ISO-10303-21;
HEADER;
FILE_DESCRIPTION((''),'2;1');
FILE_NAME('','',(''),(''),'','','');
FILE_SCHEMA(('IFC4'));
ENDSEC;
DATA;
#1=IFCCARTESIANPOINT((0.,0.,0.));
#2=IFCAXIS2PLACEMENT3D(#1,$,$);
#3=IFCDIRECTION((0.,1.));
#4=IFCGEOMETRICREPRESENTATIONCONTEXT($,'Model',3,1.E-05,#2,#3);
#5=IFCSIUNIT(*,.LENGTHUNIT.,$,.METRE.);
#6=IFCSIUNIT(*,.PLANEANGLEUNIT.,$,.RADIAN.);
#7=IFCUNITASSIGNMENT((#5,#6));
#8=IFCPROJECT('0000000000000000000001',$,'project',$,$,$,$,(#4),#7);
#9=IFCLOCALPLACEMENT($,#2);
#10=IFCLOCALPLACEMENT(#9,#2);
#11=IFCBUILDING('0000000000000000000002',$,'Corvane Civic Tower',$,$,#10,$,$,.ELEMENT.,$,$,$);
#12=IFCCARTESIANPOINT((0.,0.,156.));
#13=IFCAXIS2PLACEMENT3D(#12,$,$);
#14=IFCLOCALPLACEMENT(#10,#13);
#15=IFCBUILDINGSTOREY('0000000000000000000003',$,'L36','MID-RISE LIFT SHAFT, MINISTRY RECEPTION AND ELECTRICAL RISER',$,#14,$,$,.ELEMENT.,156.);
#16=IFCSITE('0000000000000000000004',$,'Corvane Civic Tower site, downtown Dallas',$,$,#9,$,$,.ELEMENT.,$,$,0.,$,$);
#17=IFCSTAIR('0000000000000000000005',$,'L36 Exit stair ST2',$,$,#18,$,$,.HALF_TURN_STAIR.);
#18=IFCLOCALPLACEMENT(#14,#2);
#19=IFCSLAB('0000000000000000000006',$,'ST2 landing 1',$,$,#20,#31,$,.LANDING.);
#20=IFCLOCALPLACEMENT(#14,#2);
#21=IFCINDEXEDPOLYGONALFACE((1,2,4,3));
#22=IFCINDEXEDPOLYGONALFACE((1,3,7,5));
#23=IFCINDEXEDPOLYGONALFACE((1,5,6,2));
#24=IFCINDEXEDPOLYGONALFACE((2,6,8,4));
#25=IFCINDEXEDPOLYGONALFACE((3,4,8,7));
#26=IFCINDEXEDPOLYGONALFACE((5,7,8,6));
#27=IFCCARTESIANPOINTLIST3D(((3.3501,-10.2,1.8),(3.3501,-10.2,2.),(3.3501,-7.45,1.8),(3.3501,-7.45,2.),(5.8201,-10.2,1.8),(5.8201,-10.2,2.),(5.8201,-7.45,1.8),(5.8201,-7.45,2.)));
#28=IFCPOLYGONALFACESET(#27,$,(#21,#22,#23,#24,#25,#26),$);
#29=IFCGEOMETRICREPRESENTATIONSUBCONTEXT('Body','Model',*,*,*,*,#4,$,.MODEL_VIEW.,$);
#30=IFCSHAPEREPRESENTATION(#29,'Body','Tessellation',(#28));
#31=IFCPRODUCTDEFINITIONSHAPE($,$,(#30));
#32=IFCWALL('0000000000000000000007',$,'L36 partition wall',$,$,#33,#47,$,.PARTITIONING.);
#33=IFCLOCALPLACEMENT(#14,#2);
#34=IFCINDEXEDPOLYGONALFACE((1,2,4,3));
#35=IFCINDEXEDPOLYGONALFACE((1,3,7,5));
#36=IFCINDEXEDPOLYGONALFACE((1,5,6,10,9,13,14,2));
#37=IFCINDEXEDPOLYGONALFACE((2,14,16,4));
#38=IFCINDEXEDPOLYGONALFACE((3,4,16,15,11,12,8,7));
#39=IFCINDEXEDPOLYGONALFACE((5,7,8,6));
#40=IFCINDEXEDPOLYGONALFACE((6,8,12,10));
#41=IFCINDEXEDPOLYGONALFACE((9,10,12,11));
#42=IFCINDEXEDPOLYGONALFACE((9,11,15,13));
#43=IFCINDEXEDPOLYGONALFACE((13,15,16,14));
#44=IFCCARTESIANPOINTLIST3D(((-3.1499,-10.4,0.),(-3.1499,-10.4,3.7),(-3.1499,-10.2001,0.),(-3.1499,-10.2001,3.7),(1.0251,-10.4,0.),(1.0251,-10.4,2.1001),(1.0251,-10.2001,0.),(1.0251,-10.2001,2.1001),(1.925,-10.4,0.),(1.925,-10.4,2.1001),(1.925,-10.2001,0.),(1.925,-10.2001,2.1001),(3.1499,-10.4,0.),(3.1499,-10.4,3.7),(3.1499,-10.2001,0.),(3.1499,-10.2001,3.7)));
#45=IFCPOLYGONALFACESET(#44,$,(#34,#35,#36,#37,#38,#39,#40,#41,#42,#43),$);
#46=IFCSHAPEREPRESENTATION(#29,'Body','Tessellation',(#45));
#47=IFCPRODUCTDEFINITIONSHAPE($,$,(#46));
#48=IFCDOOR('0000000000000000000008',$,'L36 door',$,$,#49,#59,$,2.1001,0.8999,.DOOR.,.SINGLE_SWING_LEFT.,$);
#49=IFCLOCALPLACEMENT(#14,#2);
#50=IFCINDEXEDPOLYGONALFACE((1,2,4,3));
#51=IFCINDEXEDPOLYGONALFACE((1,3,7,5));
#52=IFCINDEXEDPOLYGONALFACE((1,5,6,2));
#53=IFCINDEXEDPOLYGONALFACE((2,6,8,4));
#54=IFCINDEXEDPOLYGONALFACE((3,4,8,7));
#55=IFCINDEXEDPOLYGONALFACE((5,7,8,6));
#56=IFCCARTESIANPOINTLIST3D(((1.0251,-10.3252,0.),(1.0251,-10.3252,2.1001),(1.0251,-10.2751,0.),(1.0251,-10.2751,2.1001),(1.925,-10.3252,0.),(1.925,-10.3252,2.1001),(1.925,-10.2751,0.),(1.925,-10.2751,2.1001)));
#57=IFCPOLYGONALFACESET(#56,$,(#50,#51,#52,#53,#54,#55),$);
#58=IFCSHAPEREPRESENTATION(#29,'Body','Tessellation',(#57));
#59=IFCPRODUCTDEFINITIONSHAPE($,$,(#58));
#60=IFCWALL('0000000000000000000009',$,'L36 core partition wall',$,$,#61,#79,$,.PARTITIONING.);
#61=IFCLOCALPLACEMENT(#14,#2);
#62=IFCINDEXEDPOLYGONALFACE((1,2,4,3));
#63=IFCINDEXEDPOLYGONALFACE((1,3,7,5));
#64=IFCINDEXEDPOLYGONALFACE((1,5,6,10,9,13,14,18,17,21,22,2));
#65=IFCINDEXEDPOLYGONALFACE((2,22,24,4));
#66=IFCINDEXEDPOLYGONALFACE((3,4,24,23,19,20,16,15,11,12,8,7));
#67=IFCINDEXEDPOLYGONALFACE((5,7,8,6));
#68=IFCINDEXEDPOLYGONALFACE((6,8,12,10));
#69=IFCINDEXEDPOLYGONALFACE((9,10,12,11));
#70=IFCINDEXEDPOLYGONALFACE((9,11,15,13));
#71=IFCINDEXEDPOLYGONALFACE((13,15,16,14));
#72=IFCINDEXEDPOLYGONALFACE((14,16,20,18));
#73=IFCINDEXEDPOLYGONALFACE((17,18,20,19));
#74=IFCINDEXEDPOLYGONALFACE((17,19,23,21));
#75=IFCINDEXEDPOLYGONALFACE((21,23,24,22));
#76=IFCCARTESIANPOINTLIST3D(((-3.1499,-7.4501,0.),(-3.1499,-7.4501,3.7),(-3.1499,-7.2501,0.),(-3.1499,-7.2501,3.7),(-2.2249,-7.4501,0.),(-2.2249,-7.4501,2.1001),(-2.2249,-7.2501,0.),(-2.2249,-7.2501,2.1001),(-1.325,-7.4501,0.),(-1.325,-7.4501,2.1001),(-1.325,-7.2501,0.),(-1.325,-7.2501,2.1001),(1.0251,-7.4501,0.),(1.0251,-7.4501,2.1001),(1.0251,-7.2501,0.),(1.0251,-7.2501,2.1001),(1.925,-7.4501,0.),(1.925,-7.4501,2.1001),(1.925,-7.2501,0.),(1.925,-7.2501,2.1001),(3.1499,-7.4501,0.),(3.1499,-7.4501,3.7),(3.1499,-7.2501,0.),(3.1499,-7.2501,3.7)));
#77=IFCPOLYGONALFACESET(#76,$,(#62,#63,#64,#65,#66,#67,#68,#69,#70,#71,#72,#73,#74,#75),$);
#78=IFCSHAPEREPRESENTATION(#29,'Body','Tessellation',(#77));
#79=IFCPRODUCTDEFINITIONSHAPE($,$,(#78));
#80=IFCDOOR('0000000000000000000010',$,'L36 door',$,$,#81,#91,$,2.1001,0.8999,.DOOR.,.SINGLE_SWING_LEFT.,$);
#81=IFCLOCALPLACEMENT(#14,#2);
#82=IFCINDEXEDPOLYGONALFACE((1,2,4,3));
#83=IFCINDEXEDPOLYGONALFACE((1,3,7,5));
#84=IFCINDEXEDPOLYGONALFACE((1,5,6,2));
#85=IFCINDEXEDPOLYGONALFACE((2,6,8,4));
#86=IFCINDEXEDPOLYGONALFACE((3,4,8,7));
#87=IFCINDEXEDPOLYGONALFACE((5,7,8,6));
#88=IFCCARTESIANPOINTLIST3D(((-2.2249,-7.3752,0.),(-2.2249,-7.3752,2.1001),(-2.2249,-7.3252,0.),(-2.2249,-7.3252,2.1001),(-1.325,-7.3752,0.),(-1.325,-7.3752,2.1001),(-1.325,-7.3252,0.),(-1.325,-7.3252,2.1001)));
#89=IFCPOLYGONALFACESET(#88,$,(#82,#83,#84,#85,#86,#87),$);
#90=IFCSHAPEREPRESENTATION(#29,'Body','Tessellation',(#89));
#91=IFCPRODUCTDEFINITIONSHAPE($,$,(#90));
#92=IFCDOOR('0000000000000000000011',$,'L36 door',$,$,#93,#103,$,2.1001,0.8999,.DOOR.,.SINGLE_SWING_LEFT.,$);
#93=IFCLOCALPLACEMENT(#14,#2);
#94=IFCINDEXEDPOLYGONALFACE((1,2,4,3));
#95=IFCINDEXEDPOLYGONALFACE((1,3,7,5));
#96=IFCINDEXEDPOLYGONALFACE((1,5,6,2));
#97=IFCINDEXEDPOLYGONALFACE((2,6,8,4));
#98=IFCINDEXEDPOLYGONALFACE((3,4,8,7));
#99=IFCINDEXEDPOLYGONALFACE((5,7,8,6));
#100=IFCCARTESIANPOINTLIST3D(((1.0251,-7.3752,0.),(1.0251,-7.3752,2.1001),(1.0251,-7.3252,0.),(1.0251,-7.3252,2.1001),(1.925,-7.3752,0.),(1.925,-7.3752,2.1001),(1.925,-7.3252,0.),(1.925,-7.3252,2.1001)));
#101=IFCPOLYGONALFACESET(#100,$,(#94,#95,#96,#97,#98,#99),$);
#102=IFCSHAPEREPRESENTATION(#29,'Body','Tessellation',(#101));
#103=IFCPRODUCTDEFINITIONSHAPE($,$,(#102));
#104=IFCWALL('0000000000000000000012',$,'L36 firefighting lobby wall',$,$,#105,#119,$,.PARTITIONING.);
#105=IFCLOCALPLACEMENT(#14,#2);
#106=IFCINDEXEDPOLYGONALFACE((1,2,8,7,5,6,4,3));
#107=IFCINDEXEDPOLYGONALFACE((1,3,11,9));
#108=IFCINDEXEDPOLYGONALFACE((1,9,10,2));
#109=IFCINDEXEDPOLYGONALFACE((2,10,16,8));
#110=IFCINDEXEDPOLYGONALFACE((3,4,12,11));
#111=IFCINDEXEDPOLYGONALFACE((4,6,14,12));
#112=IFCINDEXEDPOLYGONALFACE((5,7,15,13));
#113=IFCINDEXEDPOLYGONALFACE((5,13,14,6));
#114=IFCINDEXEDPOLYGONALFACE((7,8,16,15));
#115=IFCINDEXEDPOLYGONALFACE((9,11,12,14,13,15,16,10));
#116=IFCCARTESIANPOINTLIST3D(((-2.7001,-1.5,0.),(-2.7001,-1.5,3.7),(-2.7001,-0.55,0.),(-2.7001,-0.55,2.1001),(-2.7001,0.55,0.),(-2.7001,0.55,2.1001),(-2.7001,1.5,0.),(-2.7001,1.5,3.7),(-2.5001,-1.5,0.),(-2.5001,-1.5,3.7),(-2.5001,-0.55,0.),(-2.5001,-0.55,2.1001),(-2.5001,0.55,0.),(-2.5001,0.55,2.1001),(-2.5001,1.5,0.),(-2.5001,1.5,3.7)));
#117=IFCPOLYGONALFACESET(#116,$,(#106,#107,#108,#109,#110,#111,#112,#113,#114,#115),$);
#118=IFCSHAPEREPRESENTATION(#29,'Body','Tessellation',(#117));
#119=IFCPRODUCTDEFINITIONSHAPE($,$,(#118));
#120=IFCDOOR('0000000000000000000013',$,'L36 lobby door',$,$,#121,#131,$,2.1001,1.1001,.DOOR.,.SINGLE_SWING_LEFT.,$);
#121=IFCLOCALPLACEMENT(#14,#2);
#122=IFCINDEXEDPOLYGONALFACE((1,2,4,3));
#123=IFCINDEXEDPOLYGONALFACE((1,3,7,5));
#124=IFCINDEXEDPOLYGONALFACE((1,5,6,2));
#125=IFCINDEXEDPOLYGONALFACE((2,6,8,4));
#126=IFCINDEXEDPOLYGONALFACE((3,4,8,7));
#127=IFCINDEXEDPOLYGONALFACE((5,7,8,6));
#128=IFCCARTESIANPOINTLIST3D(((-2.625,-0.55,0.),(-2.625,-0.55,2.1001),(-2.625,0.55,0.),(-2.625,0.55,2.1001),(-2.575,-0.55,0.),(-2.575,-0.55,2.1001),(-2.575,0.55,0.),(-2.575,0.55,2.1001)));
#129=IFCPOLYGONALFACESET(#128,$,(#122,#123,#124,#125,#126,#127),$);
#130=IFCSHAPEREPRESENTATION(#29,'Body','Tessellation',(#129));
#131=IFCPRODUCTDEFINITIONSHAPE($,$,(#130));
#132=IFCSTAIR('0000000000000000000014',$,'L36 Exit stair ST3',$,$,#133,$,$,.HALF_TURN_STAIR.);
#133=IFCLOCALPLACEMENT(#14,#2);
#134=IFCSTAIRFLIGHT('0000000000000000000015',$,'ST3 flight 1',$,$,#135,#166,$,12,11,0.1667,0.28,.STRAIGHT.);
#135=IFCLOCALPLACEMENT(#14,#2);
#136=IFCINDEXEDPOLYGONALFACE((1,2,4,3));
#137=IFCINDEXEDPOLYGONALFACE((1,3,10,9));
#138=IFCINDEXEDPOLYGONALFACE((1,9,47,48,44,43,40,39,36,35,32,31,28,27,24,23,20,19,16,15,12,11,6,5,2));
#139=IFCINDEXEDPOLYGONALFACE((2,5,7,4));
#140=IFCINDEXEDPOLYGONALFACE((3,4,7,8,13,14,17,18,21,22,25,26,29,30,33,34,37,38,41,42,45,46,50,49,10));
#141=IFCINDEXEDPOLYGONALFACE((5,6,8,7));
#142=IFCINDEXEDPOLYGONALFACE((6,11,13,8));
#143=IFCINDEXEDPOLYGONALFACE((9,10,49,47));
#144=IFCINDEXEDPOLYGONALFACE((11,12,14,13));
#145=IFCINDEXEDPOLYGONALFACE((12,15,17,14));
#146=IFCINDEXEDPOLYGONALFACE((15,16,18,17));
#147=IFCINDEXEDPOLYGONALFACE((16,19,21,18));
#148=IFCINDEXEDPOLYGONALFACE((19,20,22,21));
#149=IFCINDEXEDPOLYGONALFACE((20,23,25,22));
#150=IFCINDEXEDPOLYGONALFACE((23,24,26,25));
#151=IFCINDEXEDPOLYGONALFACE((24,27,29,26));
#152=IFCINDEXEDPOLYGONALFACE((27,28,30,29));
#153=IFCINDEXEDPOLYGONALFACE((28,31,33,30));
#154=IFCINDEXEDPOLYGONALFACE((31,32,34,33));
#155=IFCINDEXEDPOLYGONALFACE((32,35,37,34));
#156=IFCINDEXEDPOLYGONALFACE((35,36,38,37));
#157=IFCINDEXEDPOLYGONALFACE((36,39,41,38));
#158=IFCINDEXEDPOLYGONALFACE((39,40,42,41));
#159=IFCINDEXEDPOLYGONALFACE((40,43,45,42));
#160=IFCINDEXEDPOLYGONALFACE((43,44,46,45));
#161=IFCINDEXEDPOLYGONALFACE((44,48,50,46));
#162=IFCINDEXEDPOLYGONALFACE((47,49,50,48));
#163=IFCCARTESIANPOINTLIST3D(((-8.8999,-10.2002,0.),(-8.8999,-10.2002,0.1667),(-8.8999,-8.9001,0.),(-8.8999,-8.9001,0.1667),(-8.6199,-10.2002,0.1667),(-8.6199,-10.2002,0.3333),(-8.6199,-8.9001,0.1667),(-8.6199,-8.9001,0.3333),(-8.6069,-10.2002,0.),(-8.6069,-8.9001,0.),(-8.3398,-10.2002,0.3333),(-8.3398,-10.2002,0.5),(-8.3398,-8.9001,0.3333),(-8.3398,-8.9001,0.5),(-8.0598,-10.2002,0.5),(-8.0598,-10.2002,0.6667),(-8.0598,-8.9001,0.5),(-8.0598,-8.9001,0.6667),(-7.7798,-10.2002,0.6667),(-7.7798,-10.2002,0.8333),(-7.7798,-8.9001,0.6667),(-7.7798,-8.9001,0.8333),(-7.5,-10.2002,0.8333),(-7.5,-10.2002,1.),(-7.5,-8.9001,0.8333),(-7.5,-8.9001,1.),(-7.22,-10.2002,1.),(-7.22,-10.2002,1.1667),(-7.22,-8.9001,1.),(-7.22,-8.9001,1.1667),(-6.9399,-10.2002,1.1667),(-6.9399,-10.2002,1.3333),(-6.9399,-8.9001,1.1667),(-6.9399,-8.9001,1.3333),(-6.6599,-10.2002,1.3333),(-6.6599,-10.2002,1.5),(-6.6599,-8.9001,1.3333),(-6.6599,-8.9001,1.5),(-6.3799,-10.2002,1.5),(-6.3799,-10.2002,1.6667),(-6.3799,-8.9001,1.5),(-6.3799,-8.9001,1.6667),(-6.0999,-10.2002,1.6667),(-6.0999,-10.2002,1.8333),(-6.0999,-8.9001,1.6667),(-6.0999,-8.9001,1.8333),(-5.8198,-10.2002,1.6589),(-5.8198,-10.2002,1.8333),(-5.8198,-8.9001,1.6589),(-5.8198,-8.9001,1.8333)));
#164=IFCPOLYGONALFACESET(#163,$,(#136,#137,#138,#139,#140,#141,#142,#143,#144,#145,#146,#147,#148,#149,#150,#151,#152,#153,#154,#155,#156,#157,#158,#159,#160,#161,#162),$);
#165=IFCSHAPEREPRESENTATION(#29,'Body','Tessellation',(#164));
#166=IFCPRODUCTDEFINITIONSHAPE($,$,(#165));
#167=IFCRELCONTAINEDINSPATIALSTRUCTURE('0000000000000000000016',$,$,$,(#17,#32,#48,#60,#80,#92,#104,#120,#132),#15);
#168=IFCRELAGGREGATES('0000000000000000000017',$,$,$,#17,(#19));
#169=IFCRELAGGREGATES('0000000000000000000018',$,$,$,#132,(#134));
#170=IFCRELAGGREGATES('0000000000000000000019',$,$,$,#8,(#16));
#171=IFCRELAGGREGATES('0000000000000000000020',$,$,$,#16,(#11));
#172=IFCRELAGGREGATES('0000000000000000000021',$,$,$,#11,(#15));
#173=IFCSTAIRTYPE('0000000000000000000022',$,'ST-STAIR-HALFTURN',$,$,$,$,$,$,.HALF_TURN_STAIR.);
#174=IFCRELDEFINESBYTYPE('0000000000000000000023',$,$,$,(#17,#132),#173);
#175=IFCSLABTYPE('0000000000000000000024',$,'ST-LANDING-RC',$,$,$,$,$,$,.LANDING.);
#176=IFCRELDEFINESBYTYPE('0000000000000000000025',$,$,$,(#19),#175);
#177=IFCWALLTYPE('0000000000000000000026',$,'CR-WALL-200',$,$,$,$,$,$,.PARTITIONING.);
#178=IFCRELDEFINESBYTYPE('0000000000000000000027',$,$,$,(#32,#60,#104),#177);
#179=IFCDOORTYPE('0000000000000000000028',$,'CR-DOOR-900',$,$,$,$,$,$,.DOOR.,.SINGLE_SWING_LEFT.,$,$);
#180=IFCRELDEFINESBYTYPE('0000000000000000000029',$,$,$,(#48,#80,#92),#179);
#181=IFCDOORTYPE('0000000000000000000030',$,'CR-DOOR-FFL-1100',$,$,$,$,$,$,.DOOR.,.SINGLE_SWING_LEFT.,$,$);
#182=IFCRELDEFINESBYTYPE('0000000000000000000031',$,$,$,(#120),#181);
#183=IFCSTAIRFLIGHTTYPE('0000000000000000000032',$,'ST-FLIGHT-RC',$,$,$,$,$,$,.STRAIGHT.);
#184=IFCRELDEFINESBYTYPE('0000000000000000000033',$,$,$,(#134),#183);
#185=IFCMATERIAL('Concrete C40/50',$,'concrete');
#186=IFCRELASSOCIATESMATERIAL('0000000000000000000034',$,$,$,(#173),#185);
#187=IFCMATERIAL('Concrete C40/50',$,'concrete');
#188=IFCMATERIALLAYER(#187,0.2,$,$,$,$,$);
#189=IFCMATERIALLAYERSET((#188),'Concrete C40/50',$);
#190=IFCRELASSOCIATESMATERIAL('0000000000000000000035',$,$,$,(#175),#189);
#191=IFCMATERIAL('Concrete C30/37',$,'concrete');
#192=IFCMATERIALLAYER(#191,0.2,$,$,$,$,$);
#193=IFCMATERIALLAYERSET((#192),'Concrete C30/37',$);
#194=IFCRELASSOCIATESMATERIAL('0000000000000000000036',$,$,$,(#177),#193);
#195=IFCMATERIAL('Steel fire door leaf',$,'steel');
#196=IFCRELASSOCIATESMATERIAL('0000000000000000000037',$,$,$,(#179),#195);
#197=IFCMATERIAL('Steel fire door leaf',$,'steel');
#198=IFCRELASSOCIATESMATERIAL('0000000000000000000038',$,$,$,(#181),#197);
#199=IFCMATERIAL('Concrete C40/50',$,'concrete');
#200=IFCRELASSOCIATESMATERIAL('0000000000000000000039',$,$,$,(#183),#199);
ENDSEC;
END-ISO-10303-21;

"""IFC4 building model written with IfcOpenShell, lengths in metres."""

from ifc_helpers import new_model, si_unit, direction, frame, frame_2d, origin, place, context, subcontext, project, spatial, polyline, rectangle, outline, extrude, material, layer, layer_set, type_object, element, fill, aggregate, save


model = new_model("IFC4")

# Units and contexts
model_context = context("Model", 3, precision=1e-05, world=origin(), true_north=direction((0.0, 1.0)))
body_context = subcontext(model_context, "Body", "Model", "MODEL_VIEW")
ifc_project = project(units=[si_unit("LENGTHUNIT", "METRE"), si_unit("PLANEANGLEUNIT", "RADIAN")], contexts=[model_context])

# Site, building, storey
site_placement = place(None, origin())
site = spatial("IfcSite", under=ifc_project, at=site_placement, Name="Corvane Civic Tower site, downtown Dallas", CompositionType="ELEMENT", RefElevation=0.0)
building_placement = place(site_placement, origin())
building = spatial("IfcBuilding", under=site, at=building_placement, Name="Corvane Civic Tower", CompositionType="ELEMENT")
storey_placement = place(building_placement, frame((0.0, 0.0, 156.0)))
storey = spatial("IfcBuildingStorey", under=building, at=storey_placement, Name="L36", Description="MID-RISE LIFT SHAFT, MINISTRY RECEPTION AND ELECTRICAL RISER", CompositionType="ELEMENT", Elevation=156.0)

# Stair, slab
ifc_material_1 = material(Name="Concrete C40/50", Category="concrete")
stair_type = type_object("IfcStairType", Name="ST-STAIR-HALFTURN", PredefinedType="HALF_TURN_STAIR", material=ifc_material_1)
ifc_material_2 = material(Name="Concrete C40/50", Category="concrete")
ifc_layer_1 = layer(ifc_material_2, 0.2)
ifc_layer_set_1 = layer_set([ifc_layer_1], Name="Concrete C40/50")
slab_type_1 = type_object("IfcSlabType", Name="ST-LANDING-RC", PredefinedType="LANDING", material=ifc_layer_set_1)
stair_1_placement = place(storey_placement, origin())
stair_1 = element("IfcStair", 1, at=stair_1_placement, inside=storey, type_object=stair_type, Name="L36 Exit stair ST2", PredefinedType="HALF_TURN_STAIR")
slab_1_placement = place(storey_placement, frame((0.0, 0.0, 1.8)))
slab_1 = element("IfcSlab", 2, at=slab_1_placement, type_object=slab_type_1, Name="ST2 landing 1", PredefinedType="LANDING", context=body_context, shape_type="SweptSolid", body=[
    extrude(outline(polyline([(5.8201, -7.45), (3.3501, -7.45), (3.3501, -10.2), (5.8201, -10.2), (5.8201, -7.45)])), origin(), (0.0, 0.0, 1.0), 0.2),
])
aggregate(stair_1, [slab_1])

# Wall, opening, door
ifc_material_3 = material(Name="Concrete C30/37", Category="concrete")
ifc_layer_2 = layer(ifc_material_3, 0.2)
ifc_layer_set_2 = layer_set([ifc_layer_2], Name="Concrete C30/37")
wall_type = type_object("IfcWallType", Name="CR-WALL-200", PredefinedType="PARTITIONING", material=ifc_layer_set_2)
wall_1_placement = place(storey_placement, frame((-3.1499, -10.3, 0.0), z_axis=(0.0, 0.0, 1.0), x_axis=(1.0, 0.0, 0.0)))
wall_1 = element("IfcWall", 3, at=wall_1_placement, inside=storey, type_object=wall_type, Name="L36 partition wall", PredefinedType="PARTITIONING", context=body_context, shape_type="SweptSolid", body=[
    extrude(rectangle(XDim=6.2998, YDim=0.2, at=frame_2d((3.1499, 0.0))), origin(), (0.0, 0.0, 1.0), 3.7),
])
opening_1_placement = place(wall_1_placement, frame((4.175, 0.0, 0.0)))
opening_1 = element("IfcOpeningElement", 4, at=opening_1_placement, cuts=wall_1, PredefinedType="OPENING", context=body_context, shape_type="SweptSolid", body=[
    extrude(rectangle(XDim=0.8999, YDim=2.1001, at=frame_2d((0.45, 1.05))), frame((0.0, 0.1099, 0.0), z_axis=(0.0, -1.0, 0.0), x_axis=(1.0, 0.0, 0.0)), (0.0, 0.0, 1.0), 0.22),
])
ifc_material_4 = material(Name="Steel fire door leaf", Category="steel")
door_type_1 = type_object("IfcDoorType", Name="CR-DOOR-900", OperationType="SINGLE_SWING_LEFT", PredefinedType="DOOR", material=ifc_material_4)
door_1_placement = place(opening_1_placement, origin())
door_1 = element("IfcDoor", 5, at=door_1_placement, inside=storey, type_object=door_type_1, Name="L36 door", OperationType="SINGLE_SWING_LEFT", OverallHeight=2.1001, OverallWidth=0.8999, PredefinedType="DOOR", context=body_context, shape_type="SweptSolid", body=[
    extrude(rectangle(XDim=0.8999, YDim=2.1001, at=frame_2d((0.45, 1.05))), frame((0.0, 0.0249, 0.0), z_axis=(0.0, -1.0, 0.0), x_axis=(1.0, 0.0, 0.0)), (0.0, 0.0, 1.0), 0.05),
])
fill(opening_1, door_1)

# Wall, openings, doors
wall_2_placement = place(storey_placement, frame((-3.1499, -7.3501, 0.0), z_axis=(0.0, 0.0, 1.0), x_axis=(1.0, 0.0, 0.0)))
wall_2 = element("IfcWall", 6, at=wall_2_placement, inside=storey, type_object=wall_type, Name="L36 core partition wall", PredefinedType="PARTITIONING", context=body_context, shape_type="SweptSolid", body=[
    extrude(rectangle(XDim=6.2998, YDim=0.2, at=frame_2d((3.1499, 0.0))), origin(), (0.0, 0.0, 1.0), 3.7),
])
opening_2_placement = place(wall_2_placement, frame((0.925, 0.0, 0.0)))
opening_2 = element("IfcOpeningElement", 7, at=opening_2_placement, cuts=wall_2, PredefinedType="OPENING", context=body_context, shape_type="SweptSolid", body=[
    extrude(rectangle(XDim=0.8999, YDim=2.1001, at=frame_2d((0.45, 1.05))), frame((0.0, 0.1099, 0.0), z_axis=(0.0, -1.0, 0.0), x_axis=(1.0, 0.0, 0.0)), (0.0, 0.0, 1.0), 0.22),
])
opening_3_placement = place(wall_2_placement, frame((4.175, 0.0, 0.0)))
opening_3 = element("IfcOpeningElement", 8, at=opening_3_placement, cuts=wall_2, PredefinedType="OPENING", context=body_context, shape_type="SweptSolid", body=[
    extrude(rectangle(XDim=0.8999, YDim=2.1001, at=frame_2d((0.45, 1.05))), frame((0.0, 0.1099, 0.0), z_axis=(0.0, -1.0, 0.0), x_axis=(1.0, 0.0, 0.0)), (0.0, 0.0, 1.0), 0.22),
])
door_2_placement = place(opening_2_placement, origin())
door_2 = element("IfcDoor", 9, at=door_2_placement, inside=storey, type_object=door_type_1, Name="L36 door", OperationType="SINGLE_SWING_LEFT", OverallHeight=2.1001, OverallWidth=0.8999, PredefinedType="DOOR", context=body_context, shape_type="SweptSolid", body=[
    extrude(rectangle(XDim=0.8999, YDim=2.1001, at=frame_2d((0.45, 1.05))), frame((0.0, 0.0249, 0.0), z_axis=(0.0, -1.0, 0.0), x_axis=(1.0, 0.0, 0.0)), (0.0, 0.0, 1.0), 0.05),
])
fill(opening_2, door_2)
door_3_placement = place(opening_3_placement, origin())
door_3 = element("IfcDoor", 10, at=door_3_placement, inside=storey, type_object=door_type_1, Name="L36 door", OperationType="SINGLE_SWING_LEFT", OverallHeight=2.1001, OverallWidth=0.8999, PredefinedType="DOOR", context=body_context, shape_type="SweptSolid", body=[
    extrude(rectangle(XDim=0.8999, YDim=2.1001, at=frame_2d((0.45, 1.05))), frame((0.0, 0.0249, 0.0), z_axis=(0.0, -1.0, 0.0), x_axis=(1.0, 0.0, 0.0)), (0.0, 0.0, 1.0), 0.05),
])
fill(opening_3, door_3)

# Wall, opening, door
wall_3_placement = place(storey_placement, frame((-2.6001, -1.5, 0.0), z_axis=(0.0, 0.0, 1.0), x_axis=(0.0, 1.0, 0.0)))
wall_3 = element("IfcWall", 11, at=wall_3_placement, inside=storey, type_object=wall_type, Name="L36 firefighting lobby wall", PredefinedType="PARTITIONING", context=body_context, shape_type="SweptSolid", body=[
    extrude(rectangle(XDim=3.0, YDim=0.2, at=frame_2d((1.5, 0.0))), origin(), (0.0, 0.0, 1.0), 3.7),
])
opening_4_placement = place(wall_3_placement, frame((0.95, 0.0, 0.0)))
opening_4 = element("IfcOpeningElement", 12, at=opening_4_placement, cuts=wall_3, PredefinedType="OPENING", context=body_context, shape_type="SweptSolid", body=[
    extrude(rectangle(XDim=1.1001, YDim=2.1001, at=frame_2d((0.55, 1.05))), frame((0.0, 0.1099, 0.0), z_axis=(0.0, -1.0, 0.0), x_axis=(1.0, 0.0, 0.0)), (0.0, 0.0, 1.0), 0.22),
])
ifc_material_5 = material(Name="Steel fire door leaf", Category="steel")
door_type_2 = type_object("IfcDoorType", Name="CR-DOOR-FFL-1100", OperationType="SINGLE_SWING_LEFT", PredefinedType="DOOR", material=ifc_material_5)
door_4_placement = place(opening_4_placement, origin())
door_4 = element("IfcDoor", 13, at=door_4_placement, inside=storey, type_object=door_type_2, Name="L36 lobby door", OperationType="SINGLE_SWING_LEFT", OverallHeight=2.1001, OverallWidth=1.1001, PredefinedType="DOOR", context=body_context, shape_type="SweptSolid", body=[
    extrude(rectangle(XDim=1.1001, YDim=2.1001, at=frame_2d((0.55, 1.05))), frame((0.0, 0.0249, 0.0), z_axis=(0.0, -1.0, 0.0), x_axis=(1.0, 0.0, 0.0)), (0.0, 0.0, 1.0), 0.05),
])
fill(opening_4, door_4)

# Stair, stair flight
stair_2_placement = place(storey_placement, origin())
stair_2 = element("IfcStair", 14, at=stair_2_placement, inside=storey, type_object=stair_type, Name="L36 Exit stair ST3", PredefinedType="HALF_TURN_STAIR")
ifc_material_6 = material(Name="Concrete C40/50", Category="concrete")
stair_flight_type = type_object("IfcStairFlightType", Name="ST-FLIGHT-RC", PredefinedType="STRAIGHT", material=ifc_material_6)
stair_flight_1_placement = place(storey_placement, frame((-8.8999, -9.55, 0.0), z_axis=(0.0, 0.0, 1.0), x_axis=(1.0, 0.0, 0.0)))
stair_flight_1 = element("IfcStairFlight", 15, at=stair_flight_1_placement, type_object=stair_flight_type, Name="ST3 flight 1", NumberOfRisers=12, NumberOfTreads=11, PredefinedType="STRAIGHT", RiserHeight=0.1667, TreadLength=0.28, context=body_context, shape_type="SweptSolid", body=[
    extrude(outline(polyline([(0.0, 0.0), (0.0, 0.1667), (0.28, 0.1667), (0.28, 0.3333), (0.5601, 0.3333), (0.5601, 0.5), (0.8401, 0.5), (0.8401, 0.6667), (1.1201, 0.6667), (1.1201, 0.8333), (1.3999, 0.8333), (1.3999, 1.0), (1.6799, 1.0), (1.6799, 1.1667), (1.96, 1.1667), (1.96, 1.3333), (2.24, 1.3333), (2.24, 1.5), (2.52, 1.5), (2.52, 1.6667), (2.8, 1.6667), (2.8, 1.8333), (3.0801, 1.8333), (3.0801, 2.0), (3.0801, 1.6589), (0.293, 0.0), (0.0, 0.0)])), frame((0.0, 0.6499, 0.0), z_axis=(0.0, -1.0, 0.0), x_axis=(1.0, 0.0, 0.0)), (0.0, 0.0, 1.0), 1.3),
])
aggregate(stair_2, [stair_flight_1])

save(model, "model.ifc")
